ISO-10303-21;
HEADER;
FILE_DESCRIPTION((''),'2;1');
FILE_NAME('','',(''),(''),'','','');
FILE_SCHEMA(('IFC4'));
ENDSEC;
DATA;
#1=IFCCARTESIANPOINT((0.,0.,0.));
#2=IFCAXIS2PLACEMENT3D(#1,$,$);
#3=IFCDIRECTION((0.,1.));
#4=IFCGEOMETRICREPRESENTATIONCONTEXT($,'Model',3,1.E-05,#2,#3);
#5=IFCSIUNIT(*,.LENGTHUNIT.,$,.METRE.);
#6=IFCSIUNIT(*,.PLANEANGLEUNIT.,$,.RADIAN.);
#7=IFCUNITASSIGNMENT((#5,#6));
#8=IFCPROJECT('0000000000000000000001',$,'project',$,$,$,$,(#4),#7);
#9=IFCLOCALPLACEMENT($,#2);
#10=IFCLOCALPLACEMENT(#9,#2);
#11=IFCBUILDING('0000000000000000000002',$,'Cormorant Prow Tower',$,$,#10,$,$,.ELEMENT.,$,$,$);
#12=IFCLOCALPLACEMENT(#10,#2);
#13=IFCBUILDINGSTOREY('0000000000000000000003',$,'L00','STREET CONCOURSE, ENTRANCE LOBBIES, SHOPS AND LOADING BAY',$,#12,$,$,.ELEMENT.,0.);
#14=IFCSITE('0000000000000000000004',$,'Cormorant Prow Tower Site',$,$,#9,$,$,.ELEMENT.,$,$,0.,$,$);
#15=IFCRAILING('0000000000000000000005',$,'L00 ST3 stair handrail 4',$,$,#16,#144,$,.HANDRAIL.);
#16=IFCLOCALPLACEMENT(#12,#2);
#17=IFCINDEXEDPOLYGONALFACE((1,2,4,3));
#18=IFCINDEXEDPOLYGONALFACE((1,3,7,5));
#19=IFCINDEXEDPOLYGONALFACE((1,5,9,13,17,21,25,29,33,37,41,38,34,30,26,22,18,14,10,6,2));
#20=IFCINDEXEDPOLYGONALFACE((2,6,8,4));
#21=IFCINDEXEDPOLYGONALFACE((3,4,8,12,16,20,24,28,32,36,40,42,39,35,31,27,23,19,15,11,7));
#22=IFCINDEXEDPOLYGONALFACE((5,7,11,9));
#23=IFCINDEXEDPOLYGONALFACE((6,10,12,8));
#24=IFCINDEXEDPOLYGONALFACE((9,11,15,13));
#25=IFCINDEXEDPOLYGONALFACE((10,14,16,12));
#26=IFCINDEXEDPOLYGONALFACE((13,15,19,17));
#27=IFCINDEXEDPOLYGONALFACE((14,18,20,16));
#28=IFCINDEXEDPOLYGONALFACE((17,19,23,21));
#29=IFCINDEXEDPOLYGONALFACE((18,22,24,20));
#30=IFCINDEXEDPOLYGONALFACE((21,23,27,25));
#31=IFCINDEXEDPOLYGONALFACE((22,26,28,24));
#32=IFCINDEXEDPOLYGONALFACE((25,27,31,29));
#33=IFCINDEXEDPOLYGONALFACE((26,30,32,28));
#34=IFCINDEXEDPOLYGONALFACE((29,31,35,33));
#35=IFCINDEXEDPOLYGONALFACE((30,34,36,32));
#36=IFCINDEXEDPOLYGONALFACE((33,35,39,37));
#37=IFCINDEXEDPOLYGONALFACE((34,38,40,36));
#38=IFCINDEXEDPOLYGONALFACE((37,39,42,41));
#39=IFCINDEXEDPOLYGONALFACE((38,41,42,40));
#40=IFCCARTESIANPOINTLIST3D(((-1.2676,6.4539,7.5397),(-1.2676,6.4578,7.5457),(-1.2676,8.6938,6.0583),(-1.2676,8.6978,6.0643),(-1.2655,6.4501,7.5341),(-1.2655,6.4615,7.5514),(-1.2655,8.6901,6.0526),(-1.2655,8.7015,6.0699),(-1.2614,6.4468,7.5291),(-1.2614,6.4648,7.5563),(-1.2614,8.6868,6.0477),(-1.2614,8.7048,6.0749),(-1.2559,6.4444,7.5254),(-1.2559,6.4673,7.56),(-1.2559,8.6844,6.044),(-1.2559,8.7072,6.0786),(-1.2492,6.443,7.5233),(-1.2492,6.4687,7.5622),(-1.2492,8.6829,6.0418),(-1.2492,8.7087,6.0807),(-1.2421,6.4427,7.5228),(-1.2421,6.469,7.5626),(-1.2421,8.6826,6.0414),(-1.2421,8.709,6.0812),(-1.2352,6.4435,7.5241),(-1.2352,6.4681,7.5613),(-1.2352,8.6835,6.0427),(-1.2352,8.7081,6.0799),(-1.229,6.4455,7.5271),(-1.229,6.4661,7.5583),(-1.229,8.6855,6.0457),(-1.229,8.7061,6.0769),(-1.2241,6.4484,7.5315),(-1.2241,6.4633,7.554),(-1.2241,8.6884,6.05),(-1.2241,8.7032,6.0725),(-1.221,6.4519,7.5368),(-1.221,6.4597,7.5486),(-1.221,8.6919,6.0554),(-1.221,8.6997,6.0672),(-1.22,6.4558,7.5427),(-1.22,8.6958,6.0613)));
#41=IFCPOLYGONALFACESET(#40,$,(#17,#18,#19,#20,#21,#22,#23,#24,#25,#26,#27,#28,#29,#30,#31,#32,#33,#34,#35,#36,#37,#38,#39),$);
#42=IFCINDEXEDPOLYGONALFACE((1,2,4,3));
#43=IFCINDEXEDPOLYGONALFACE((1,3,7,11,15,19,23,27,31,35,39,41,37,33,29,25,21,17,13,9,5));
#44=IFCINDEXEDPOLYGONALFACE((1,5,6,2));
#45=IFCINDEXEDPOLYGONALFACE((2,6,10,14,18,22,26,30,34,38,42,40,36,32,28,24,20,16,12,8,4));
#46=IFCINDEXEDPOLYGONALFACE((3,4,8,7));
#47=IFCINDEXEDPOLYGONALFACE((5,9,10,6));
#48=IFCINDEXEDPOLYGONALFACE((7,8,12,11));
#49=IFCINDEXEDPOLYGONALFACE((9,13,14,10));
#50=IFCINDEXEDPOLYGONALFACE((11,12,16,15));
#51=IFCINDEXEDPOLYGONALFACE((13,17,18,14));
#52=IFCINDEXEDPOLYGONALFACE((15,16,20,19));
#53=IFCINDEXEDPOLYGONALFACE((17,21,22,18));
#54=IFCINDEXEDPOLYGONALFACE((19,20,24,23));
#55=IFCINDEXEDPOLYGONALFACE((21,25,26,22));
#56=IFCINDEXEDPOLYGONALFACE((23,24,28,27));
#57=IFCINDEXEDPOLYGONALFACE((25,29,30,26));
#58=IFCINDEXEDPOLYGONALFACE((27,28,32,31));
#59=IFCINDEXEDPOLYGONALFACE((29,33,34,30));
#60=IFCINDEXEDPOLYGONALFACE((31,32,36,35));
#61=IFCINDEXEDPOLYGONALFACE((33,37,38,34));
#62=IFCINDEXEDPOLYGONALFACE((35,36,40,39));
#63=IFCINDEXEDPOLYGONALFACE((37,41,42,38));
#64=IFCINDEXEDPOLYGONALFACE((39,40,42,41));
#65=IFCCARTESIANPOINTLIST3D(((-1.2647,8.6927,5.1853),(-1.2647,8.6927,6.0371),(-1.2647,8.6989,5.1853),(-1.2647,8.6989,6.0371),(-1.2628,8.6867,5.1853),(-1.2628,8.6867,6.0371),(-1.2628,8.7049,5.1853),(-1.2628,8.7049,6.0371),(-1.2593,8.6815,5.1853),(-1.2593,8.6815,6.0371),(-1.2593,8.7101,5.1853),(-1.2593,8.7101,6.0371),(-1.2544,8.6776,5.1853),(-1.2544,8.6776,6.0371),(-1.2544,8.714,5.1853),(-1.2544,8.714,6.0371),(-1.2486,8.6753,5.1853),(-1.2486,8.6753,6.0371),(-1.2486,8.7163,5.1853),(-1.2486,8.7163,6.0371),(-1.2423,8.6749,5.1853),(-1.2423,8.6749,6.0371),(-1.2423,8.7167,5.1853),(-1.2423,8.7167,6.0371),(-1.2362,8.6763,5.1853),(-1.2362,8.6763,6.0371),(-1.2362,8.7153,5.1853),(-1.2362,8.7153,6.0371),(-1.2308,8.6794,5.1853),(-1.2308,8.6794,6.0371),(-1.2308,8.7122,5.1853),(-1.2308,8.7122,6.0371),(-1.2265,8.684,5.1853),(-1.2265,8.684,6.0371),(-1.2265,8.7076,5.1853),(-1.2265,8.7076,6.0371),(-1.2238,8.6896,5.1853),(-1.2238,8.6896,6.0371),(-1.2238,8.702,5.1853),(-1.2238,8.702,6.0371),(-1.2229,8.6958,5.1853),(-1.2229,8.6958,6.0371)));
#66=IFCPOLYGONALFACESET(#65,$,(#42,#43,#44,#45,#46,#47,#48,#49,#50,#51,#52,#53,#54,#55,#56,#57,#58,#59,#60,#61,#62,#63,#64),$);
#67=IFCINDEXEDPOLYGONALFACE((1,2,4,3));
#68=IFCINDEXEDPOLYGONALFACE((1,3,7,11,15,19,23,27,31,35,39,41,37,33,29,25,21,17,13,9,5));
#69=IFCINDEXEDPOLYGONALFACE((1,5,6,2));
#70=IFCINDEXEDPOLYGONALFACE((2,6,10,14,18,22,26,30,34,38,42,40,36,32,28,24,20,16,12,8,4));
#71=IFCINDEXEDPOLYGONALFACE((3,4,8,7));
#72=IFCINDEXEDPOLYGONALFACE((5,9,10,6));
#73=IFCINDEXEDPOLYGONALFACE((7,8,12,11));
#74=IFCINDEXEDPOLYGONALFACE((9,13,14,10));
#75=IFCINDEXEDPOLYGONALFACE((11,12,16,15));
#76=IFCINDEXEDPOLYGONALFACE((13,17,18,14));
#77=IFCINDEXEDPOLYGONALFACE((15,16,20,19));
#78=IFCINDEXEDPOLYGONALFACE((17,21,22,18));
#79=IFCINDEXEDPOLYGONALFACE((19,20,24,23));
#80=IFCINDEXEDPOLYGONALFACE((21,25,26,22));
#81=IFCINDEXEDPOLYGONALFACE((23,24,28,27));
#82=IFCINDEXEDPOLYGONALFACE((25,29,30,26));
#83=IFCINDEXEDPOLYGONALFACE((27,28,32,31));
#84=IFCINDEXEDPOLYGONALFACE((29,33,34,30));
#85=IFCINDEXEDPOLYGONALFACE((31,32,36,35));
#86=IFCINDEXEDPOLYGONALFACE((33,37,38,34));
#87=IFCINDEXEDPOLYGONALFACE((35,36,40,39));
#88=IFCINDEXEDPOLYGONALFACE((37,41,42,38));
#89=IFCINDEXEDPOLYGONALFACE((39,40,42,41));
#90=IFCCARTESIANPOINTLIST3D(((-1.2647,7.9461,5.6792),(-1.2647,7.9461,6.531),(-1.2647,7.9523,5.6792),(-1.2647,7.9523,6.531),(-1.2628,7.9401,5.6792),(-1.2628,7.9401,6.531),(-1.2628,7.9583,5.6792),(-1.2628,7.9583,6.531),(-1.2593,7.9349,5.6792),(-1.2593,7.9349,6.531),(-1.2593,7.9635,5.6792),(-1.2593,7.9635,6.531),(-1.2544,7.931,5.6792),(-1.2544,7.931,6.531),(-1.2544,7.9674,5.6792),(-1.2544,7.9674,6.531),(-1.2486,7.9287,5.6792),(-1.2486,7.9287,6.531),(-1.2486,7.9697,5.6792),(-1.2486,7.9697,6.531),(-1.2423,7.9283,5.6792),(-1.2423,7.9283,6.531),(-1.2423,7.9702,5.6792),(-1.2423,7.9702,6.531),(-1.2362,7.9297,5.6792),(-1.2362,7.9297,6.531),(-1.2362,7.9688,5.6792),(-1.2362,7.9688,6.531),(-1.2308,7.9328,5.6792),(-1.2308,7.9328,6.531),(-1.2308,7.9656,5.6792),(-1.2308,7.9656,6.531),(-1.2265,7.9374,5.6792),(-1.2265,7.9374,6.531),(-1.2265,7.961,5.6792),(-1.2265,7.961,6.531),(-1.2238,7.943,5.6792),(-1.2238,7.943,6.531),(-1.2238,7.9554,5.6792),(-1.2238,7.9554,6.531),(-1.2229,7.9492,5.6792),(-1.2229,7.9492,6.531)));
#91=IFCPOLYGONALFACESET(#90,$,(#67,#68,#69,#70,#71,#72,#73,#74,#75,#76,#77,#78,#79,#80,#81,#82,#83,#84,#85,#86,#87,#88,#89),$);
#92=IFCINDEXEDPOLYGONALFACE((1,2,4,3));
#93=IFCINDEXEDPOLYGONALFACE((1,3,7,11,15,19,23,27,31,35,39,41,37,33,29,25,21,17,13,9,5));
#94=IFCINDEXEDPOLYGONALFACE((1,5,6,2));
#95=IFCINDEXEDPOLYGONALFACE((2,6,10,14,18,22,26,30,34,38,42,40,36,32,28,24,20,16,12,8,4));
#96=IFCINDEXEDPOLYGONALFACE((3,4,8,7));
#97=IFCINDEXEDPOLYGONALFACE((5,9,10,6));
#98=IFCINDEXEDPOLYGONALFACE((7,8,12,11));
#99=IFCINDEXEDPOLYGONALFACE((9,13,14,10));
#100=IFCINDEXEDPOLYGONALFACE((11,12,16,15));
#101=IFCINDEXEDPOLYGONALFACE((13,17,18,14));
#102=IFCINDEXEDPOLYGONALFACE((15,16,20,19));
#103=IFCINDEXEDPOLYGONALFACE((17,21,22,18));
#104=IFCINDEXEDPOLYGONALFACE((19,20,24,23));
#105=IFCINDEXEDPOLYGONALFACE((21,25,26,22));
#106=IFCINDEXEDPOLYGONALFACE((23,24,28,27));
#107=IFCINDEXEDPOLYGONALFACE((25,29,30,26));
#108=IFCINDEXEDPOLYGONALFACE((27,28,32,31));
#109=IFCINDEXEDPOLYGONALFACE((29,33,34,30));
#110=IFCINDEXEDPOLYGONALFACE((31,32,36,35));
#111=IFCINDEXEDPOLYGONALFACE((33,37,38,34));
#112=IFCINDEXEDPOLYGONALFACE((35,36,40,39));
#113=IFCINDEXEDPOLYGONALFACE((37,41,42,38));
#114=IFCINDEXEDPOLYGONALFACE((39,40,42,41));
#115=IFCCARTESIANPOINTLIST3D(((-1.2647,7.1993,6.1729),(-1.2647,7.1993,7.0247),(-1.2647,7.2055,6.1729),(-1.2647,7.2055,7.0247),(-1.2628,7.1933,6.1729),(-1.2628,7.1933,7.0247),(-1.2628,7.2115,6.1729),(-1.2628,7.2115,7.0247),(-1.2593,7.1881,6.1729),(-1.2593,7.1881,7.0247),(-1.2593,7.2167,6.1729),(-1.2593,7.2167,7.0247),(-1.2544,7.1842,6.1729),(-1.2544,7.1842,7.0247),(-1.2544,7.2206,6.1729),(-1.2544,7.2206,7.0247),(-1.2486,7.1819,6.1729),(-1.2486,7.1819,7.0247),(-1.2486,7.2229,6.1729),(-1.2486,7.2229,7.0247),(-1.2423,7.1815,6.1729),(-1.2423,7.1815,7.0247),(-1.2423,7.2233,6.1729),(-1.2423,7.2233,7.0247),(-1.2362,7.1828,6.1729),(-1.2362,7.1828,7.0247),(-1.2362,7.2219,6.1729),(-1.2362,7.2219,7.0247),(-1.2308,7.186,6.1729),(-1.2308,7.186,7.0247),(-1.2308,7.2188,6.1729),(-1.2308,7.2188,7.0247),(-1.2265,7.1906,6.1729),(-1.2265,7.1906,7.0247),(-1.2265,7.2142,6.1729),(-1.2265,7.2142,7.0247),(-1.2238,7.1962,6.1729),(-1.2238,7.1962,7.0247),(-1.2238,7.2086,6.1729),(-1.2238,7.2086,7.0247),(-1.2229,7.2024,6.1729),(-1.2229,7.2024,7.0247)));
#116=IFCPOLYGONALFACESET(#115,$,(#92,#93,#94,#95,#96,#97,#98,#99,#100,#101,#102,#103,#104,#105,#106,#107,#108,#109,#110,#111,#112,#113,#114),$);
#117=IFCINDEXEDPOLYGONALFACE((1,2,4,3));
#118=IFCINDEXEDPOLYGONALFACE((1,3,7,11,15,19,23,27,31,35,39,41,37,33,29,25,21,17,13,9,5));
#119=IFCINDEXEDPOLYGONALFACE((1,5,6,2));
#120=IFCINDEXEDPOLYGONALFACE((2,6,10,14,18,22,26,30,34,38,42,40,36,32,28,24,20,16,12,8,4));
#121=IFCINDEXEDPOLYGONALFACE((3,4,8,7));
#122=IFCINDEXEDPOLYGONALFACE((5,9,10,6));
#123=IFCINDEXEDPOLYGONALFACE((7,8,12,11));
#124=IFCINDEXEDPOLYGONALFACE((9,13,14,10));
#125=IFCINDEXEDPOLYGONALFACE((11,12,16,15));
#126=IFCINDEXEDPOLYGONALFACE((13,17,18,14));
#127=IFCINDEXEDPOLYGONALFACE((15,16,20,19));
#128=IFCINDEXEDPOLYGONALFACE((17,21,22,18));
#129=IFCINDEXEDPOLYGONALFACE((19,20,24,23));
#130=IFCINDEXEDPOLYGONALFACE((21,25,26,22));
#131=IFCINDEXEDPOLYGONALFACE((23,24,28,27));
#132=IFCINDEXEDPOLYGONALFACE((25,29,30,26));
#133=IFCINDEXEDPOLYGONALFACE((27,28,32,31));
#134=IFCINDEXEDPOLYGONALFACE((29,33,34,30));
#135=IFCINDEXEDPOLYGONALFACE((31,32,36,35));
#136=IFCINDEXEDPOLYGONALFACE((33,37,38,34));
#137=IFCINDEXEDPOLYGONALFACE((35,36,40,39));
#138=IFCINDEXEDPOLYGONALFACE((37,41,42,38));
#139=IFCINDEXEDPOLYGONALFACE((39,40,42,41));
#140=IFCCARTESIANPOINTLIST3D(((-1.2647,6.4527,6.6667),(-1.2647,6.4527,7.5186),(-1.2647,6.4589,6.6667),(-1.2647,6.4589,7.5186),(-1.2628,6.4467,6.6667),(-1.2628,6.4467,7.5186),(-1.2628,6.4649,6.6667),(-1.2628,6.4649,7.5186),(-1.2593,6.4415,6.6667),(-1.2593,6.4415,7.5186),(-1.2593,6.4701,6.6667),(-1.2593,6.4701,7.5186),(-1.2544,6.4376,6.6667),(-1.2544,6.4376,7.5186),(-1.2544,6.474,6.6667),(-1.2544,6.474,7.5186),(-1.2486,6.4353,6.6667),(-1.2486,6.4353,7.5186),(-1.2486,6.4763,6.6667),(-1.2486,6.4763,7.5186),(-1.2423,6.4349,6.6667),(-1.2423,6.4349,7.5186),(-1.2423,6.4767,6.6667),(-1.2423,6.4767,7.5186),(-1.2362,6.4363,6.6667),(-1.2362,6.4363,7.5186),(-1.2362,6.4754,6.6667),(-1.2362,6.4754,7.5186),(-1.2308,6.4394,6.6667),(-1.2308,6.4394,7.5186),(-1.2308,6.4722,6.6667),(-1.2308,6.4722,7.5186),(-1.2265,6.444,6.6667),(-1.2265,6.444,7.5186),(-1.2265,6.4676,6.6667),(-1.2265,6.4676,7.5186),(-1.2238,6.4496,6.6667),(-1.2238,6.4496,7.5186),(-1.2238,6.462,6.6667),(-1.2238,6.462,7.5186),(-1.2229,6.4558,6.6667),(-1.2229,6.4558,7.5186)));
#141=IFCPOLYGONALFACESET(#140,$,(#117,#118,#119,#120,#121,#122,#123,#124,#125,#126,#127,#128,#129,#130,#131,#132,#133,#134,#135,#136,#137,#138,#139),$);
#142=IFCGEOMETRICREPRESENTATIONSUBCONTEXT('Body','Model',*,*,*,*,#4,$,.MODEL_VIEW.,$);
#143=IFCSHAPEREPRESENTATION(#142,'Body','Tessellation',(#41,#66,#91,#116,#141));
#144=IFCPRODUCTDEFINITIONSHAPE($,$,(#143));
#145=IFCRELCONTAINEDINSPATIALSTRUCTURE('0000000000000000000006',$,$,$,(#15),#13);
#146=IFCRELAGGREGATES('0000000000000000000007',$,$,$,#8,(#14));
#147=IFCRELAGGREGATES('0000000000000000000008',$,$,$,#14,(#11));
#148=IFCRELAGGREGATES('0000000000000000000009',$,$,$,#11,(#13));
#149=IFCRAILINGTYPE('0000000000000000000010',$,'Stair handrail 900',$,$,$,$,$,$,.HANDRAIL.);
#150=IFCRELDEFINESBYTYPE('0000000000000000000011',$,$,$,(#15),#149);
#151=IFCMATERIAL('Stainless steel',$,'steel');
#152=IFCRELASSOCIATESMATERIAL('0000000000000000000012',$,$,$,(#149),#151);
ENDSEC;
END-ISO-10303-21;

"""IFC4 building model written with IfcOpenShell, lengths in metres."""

from ifc_helpers import new_model, si_unit, direction, frame, origin, origin_2d, place, context, subcontext, project, spatial, circle, extrude, material, type_object, element, save


model = new_model("IFC4")

# Units and contexts
model_context = context("Model", 3, precision=1e-05, world=origin(), true_north=direction((0.0, 1.0)))
body_context = subcontext(model_context, "Body", "Model", "MODEL_VIEW")
ifc_project = project(units=[si_unit("LENGTHUNIT", "METRE"), si_unit("PLANEANGLEUNIT", "RADIAN")], contexts=[model_context])

# Site, building, storey
site_placement = place(None, origin())
site = spatial("IfcSite", under=ifc_project, at=site_placement, Name="Cormorant Prow Tower Site", CompositionType="ELEMENT", RefElevation=0.0)
building_placement = place(site_placement, origin())
building = spatial("IfcBuilding", under=site, at=building_placement, Name="Cormorant Prow Tower", CompositionType="ELEMENT")
storey_placement = place(building_placement, origin())
storey = spatial("IfcBuildingStorey", under=building, at=storey_placement, Name="L00", Description="STREET CONCOURSE, ENTRANCE LOBBIES, SHOPS AND LOADING BAY", CompositionType="ELEMENT", Elevation=0.0)

# Railing
ifc_material_1 = material(Name="Stainless steel", Category="steel")
railing_type = type_object("IfcRailingType", Name="Stair handrail 900", PredefinedType="HANDRAIL", material=ifc_material_1)
for number, where, name in (
    (1, (-1.2439, 8.6958, 5.1853), "L00 ST3 stair handrail 4"),
):
    element("IfcRailing", number, at=place(storey_placement, frame(where)), inside=storey, type_object=railing_type, Name=name, PredefinedType="HANDRAIL", context=body_context, shape_type="SweptSolid", body=[
        extrude(circle(Radius=0.0239, at=origin_2d()), frame((0.0, 0.0, 0.876), z_axis=(0.0, -0.834087, 0.551634), x_axis=(1.0, 0.0, 0.0)), (0.0, 0.0, 1.0), 2.6855),
        extrude(circle(Radius=0.021, at=origin_2d()), origin(), (0.0, 0.0, 1.0), 0.8518),
        extrude(circle(Radius=0.021, at=origin_2d()), frame((0.0, -0.7466, 0.4939)), (0.0, 0.0, 1.0), 0.8518),
        extrude(circle(Radius=0.021, at=origin_2d()), frame((0.0, -1.4934, 0.9875)), (0.0, 0.0, 1.0), 0.8518),
        extrude(circle(Radius=0.021, at=origin_2d()), frame((0.0, -2.24, 1.4814)), (0.0, 0.0, 1.0), 0.8518),
    ])

save(model, "model.ifc")
